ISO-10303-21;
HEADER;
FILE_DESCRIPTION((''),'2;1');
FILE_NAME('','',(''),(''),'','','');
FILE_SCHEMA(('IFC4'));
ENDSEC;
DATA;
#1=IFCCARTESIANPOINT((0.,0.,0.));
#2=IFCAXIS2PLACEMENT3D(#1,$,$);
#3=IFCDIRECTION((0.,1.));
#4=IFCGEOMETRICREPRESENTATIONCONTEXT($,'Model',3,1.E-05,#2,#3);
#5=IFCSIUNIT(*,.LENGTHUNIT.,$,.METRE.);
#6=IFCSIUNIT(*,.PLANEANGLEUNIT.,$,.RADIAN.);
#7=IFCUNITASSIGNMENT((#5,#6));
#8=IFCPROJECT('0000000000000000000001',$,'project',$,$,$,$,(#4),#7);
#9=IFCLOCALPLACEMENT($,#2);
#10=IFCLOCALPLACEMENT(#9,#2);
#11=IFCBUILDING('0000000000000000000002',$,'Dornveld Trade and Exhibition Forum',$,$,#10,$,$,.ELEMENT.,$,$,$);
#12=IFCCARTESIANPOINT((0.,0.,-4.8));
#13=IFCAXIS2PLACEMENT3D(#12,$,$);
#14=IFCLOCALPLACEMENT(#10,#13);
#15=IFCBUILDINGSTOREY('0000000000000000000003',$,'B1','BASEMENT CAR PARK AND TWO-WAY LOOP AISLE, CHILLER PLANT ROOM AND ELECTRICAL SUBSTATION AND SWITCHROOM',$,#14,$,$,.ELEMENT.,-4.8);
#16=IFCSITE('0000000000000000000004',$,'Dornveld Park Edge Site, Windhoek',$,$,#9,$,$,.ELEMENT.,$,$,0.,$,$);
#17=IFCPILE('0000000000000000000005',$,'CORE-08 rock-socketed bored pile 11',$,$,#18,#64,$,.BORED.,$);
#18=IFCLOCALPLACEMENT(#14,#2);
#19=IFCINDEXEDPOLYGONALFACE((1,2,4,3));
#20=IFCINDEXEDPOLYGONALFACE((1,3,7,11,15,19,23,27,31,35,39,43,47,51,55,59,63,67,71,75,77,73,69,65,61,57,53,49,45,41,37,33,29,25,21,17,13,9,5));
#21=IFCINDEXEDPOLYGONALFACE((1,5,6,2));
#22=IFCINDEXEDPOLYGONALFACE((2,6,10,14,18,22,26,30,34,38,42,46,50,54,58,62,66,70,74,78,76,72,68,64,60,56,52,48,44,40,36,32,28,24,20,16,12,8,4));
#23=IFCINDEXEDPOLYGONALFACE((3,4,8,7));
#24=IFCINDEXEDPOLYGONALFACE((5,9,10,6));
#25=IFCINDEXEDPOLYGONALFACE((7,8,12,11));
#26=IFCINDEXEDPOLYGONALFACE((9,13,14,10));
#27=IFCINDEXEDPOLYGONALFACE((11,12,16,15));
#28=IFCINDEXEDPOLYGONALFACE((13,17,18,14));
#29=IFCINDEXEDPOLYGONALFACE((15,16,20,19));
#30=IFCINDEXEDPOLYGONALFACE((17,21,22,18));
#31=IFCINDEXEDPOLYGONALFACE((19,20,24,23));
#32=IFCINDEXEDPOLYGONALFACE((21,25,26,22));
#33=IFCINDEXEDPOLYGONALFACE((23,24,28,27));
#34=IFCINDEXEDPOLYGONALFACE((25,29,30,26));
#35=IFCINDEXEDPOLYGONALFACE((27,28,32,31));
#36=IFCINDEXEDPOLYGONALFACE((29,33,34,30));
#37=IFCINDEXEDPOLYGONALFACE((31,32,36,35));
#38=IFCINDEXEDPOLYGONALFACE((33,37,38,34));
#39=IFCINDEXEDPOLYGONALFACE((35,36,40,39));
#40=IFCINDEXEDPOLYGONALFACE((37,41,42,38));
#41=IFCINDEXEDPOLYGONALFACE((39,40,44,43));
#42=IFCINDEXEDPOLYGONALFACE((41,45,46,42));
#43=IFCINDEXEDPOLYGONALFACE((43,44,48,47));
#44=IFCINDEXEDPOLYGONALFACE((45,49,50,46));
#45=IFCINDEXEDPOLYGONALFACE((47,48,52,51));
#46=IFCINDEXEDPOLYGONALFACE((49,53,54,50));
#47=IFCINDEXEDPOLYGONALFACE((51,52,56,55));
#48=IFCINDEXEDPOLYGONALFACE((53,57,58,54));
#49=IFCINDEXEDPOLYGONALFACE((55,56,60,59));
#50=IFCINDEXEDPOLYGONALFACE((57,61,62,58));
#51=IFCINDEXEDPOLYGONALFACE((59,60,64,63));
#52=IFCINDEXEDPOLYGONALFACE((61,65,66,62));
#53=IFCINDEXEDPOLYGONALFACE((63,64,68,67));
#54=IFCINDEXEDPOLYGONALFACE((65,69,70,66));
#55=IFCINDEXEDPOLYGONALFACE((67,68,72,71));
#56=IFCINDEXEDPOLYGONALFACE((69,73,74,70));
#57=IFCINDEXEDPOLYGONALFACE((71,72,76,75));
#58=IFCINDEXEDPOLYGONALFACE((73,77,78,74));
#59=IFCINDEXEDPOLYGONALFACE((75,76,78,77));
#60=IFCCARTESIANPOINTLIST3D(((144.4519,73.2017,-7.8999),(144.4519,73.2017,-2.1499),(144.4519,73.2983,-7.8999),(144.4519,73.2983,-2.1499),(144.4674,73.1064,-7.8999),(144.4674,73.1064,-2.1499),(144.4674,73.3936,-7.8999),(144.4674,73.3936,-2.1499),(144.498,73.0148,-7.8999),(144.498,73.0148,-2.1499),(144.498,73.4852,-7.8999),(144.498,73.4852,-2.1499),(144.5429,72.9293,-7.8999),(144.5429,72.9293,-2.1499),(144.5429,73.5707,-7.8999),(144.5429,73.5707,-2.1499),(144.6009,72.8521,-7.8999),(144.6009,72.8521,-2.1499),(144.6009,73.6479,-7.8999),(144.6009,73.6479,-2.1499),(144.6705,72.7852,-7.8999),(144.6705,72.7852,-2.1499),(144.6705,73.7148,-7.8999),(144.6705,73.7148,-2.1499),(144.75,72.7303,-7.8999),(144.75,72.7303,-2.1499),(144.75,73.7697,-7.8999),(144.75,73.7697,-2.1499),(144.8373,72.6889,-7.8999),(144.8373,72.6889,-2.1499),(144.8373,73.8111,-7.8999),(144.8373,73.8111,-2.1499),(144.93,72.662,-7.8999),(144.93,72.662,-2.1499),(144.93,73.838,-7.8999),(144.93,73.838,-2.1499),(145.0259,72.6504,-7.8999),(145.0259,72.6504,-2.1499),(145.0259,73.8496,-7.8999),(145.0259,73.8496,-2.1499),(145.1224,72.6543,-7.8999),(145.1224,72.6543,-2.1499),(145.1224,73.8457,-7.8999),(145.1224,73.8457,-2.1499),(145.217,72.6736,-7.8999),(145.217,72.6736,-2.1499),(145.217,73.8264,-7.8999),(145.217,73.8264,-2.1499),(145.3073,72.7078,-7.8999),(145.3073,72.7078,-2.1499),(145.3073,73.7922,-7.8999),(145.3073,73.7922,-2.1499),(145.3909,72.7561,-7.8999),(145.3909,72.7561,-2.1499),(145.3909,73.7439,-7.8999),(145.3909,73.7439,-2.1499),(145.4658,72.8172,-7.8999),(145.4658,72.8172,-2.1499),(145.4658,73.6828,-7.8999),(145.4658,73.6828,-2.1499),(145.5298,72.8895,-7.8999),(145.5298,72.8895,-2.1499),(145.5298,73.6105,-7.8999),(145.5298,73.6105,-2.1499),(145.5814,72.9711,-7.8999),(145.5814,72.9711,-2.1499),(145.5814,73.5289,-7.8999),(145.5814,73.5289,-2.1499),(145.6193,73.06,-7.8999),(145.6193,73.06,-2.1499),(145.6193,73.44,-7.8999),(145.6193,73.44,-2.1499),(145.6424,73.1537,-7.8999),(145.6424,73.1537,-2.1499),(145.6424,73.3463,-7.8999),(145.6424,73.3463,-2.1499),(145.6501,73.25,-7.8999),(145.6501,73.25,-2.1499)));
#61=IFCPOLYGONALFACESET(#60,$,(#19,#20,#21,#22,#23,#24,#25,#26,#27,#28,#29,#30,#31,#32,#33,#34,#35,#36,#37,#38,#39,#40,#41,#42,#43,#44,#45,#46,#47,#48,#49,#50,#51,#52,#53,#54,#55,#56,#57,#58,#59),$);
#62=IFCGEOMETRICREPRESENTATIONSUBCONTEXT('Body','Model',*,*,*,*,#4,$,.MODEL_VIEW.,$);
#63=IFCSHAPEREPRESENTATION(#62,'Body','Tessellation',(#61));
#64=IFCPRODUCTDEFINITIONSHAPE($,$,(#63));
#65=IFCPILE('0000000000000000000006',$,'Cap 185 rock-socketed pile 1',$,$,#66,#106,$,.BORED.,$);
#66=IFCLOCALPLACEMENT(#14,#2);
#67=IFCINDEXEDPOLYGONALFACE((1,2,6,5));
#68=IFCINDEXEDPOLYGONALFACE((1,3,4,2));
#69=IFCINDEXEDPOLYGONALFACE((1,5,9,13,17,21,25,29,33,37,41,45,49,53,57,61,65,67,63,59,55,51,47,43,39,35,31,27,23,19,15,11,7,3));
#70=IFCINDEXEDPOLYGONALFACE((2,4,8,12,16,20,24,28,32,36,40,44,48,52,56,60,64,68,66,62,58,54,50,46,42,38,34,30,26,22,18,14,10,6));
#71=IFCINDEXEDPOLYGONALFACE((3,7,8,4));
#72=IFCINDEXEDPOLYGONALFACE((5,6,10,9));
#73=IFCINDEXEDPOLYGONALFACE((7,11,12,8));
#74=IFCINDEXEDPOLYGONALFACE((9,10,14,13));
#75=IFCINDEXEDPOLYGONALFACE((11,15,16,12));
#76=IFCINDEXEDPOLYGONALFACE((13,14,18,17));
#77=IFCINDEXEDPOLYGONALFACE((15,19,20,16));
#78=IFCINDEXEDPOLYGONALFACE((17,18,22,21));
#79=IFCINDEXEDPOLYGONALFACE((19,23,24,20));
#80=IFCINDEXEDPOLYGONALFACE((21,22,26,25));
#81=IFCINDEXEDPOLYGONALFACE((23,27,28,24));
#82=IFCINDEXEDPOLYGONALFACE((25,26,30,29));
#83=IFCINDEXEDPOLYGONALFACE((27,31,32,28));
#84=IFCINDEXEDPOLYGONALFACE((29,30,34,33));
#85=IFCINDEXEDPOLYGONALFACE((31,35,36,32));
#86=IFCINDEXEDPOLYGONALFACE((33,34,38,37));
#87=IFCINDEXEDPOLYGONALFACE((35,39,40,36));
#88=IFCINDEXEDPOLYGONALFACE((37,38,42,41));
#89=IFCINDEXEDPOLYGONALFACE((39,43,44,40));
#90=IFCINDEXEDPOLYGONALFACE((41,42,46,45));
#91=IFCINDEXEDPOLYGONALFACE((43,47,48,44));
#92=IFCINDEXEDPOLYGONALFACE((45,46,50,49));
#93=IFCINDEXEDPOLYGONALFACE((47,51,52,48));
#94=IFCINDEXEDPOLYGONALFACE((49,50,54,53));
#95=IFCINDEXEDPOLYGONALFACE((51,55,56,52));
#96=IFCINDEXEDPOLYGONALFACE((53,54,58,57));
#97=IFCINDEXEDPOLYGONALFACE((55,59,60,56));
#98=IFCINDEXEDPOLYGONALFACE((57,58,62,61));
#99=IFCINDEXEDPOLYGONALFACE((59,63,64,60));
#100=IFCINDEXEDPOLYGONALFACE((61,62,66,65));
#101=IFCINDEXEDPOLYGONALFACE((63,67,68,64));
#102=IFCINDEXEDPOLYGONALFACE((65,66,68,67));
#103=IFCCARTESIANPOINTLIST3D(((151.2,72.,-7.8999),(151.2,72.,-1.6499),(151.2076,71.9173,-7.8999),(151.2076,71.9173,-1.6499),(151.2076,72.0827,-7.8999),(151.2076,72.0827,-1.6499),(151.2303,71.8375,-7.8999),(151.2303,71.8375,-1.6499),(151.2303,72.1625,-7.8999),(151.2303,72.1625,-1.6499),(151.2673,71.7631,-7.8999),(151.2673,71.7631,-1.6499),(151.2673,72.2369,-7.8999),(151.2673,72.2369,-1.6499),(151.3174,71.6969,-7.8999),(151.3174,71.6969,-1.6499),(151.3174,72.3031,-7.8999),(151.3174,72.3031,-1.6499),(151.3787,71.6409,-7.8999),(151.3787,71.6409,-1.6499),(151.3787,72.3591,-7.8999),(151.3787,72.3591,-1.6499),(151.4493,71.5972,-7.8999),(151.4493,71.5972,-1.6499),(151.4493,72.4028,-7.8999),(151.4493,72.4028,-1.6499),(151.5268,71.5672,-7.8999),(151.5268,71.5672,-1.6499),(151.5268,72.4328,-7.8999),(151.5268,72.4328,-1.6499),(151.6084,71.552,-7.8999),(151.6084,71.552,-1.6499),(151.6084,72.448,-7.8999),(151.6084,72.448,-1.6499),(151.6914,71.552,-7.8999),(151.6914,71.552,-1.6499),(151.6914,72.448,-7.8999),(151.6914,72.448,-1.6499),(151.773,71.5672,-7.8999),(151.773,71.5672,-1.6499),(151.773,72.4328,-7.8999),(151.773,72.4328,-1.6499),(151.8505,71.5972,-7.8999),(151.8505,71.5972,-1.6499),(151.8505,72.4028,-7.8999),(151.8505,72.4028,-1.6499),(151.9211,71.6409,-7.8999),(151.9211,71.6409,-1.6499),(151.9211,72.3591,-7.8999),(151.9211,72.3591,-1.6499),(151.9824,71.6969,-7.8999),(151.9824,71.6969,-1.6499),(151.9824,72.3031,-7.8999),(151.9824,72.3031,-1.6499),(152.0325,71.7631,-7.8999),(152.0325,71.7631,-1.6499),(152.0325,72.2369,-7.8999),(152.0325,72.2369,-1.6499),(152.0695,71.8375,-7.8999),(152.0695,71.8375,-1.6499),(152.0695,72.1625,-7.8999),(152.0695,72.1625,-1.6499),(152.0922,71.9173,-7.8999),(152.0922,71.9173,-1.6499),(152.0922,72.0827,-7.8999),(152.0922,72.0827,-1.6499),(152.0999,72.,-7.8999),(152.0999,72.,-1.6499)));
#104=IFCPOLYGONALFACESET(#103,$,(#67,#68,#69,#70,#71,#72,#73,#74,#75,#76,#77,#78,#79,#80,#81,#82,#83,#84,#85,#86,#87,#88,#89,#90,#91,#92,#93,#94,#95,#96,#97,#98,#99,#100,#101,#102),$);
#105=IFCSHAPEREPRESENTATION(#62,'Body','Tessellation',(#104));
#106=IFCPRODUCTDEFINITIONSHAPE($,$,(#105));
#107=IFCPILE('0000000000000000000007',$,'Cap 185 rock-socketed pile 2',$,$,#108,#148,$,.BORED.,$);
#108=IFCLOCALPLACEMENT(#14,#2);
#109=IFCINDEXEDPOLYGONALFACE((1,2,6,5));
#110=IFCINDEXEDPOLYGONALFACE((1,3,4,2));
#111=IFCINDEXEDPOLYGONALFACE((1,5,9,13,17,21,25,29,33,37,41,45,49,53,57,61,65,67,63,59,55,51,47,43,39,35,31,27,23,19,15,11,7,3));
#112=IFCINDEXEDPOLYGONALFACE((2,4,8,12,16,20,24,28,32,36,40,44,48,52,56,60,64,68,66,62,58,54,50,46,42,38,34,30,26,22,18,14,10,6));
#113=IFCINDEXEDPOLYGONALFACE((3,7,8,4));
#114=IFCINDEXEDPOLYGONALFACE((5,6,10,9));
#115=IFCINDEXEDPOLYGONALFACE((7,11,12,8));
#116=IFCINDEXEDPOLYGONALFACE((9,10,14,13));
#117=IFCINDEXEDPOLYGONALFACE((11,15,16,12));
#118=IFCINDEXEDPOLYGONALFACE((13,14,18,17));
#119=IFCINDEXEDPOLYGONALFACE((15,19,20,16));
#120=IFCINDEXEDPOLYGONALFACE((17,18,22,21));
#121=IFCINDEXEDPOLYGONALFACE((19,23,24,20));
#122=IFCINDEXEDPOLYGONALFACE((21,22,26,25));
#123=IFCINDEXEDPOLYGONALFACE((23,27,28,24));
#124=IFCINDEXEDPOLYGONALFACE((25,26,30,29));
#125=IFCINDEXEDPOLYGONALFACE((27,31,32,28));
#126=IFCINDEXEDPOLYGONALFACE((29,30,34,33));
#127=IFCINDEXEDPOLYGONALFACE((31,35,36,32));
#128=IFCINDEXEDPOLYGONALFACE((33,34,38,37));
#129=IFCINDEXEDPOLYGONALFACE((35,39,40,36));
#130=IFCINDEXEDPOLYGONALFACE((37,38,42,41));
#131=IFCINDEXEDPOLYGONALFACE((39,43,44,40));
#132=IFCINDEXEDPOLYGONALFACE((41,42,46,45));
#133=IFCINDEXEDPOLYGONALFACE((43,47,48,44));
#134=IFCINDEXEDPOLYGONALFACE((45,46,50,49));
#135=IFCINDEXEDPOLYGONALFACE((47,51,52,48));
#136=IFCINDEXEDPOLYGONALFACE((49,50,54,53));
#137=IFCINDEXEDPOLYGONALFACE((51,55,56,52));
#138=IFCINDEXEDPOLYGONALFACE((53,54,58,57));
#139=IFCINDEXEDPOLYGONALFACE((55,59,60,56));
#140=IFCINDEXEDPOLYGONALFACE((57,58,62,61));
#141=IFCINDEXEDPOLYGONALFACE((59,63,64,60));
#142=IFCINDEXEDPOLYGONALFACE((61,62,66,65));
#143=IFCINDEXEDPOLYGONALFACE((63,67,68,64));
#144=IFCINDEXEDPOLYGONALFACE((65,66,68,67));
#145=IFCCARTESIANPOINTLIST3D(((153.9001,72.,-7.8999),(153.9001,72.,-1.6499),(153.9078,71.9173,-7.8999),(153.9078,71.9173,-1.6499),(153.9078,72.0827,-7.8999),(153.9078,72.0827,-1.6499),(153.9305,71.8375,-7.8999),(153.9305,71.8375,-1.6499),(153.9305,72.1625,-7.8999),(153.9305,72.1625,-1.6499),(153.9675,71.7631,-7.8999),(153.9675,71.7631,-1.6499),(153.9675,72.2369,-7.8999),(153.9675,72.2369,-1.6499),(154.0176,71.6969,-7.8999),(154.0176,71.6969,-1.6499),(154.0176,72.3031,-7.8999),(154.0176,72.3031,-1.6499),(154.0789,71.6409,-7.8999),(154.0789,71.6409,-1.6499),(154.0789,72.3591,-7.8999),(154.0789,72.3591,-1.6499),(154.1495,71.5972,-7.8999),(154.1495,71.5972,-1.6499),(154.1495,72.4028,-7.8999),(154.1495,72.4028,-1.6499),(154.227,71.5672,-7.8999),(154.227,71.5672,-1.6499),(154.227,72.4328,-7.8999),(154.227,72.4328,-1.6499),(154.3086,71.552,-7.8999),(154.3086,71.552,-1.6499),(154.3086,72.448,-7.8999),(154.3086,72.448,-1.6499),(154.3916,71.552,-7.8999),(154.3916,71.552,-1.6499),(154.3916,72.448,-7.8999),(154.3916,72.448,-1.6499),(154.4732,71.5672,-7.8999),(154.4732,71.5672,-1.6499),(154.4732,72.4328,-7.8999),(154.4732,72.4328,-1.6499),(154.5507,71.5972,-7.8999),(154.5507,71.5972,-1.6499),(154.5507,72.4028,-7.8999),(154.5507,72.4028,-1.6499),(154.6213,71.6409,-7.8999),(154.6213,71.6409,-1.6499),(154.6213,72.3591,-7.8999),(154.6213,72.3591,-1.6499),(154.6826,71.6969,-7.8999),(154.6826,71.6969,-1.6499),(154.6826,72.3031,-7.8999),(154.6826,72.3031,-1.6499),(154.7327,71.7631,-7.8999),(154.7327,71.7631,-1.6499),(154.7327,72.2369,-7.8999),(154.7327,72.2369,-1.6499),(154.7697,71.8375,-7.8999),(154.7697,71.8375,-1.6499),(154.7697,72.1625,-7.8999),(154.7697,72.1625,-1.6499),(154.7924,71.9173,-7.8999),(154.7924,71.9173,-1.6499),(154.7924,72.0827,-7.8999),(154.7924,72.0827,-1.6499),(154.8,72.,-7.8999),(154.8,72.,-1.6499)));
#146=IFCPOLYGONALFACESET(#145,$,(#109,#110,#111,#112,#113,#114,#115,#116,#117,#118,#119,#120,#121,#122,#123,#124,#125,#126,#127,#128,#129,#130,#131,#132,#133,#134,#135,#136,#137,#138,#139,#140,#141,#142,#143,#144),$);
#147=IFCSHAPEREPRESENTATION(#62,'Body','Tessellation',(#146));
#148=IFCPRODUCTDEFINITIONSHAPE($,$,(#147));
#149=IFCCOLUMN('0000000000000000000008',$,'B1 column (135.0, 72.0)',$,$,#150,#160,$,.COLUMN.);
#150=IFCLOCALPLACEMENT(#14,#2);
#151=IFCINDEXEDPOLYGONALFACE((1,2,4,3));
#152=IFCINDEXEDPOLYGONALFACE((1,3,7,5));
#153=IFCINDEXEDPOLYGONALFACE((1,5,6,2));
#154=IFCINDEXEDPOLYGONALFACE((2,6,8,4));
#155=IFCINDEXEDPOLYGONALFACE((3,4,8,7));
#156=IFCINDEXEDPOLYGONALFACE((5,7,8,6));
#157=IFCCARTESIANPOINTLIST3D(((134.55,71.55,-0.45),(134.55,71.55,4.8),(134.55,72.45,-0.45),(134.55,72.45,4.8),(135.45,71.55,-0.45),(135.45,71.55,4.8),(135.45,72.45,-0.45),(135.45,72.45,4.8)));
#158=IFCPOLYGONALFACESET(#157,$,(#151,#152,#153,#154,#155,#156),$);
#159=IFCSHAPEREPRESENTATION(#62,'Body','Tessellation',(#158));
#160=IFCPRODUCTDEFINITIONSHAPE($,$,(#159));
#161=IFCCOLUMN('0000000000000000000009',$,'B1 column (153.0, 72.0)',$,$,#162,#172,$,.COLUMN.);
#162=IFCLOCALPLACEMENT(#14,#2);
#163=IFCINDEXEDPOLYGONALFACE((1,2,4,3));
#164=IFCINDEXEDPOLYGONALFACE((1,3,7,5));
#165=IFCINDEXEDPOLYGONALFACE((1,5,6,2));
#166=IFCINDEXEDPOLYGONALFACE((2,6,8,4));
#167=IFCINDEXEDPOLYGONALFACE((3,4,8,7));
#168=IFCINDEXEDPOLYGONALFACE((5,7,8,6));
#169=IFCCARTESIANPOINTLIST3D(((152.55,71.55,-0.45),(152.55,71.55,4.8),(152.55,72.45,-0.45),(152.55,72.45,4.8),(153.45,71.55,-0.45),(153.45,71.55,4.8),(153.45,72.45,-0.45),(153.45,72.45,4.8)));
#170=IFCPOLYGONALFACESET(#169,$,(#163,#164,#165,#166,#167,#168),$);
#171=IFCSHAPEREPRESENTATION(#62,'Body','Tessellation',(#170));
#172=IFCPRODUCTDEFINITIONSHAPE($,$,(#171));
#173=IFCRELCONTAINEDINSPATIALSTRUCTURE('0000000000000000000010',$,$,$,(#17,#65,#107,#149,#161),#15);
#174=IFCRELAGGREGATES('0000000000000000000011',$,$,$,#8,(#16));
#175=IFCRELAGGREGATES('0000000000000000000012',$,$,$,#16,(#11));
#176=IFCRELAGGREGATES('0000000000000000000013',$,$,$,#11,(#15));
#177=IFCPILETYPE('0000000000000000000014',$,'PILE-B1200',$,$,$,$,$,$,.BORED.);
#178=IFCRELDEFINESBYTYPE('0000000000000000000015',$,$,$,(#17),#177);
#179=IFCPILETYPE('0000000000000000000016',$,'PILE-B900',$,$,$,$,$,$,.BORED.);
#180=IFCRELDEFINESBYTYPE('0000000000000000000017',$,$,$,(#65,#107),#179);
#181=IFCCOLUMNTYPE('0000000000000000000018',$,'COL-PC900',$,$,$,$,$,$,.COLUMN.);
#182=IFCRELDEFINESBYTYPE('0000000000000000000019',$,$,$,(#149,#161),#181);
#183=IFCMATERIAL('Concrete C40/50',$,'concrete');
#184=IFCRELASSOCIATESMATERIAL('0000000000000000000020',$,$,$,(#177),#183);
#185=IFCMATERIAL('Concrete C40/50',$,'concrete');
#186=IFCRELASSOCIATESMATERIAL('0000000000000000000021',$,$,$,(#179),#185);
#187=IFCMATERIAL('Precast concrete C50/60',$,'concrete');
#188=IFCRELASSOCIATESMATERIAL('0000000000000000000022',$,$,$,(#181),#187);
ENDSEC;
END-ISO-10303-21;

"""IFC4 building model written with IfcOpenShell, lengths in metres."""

from ifc_helpers import new_model, si_unit, direction, frame, origin, origin_2d, place, context, subcontext, project, spatial, rectangle, circle, extrude, material, material_profile, profile_set, type_object, element, save


model = new_model("IFC4")

# Units and contexts
model_context = context("Model", 3, precision=1e-05, world=origin(), true_north=direction((0.0, 1.0)))
body_context = subcontext(model_context, "Body", "Model", "MODEL_VIEW")
ifc_project = project(units=[si_unit("LENGTHUNIT", "METRE"), si_unit("PLANEANGLEUNIT", "RADIAN")], contexts=[model_context])

# Site, building, storey
site_placement = place(None, origin())
site = spatial("IfcSite", under=ifc_project, at=site_placement, Name="Dornveld Park Edge Site, Windhoek", CompositionType="ELEMENT", RefElevation=0.0)
building_placement = place(site_placement, origin())
building = spatial("IfcBuilding", under=site, at=building_placement, Name="Dornveld Trade and Exhibition Forum", CompositionType="ELEMENT")
storey_placement = place(building_placement, frame((0.0, 0.0, -4.8)))
storey = spatial("IfcBuildingStorey", under=building, at=storey_placement, Name="B1", Description="BASEMENT CAR PARK AND TWO-WAY LOOP AISLE, CHILLER PLANT ROOM AND ELECTRICAL SUBSTATION AND SWITCHROOM", CompositionType="ELEMENT", Elevation=-4.8)

# Piles
ifc_material_1 = material(Name="Concrete C40/50", Category="concrete")
ifc_material_profile_1 = material_profile(ifc_material_1, circle(Radius=0.6001, at=origin_2d()), Name="PILE D1200")
ifc_profile_set_1 = profile_set([ifc_material_profile_1], Name="Concrete C40/50")
pile_type_1 = type_object("IfcPileType", Name="PILE-B1200", PredefinedType="BORED", material=ifc_profile_set_1)
for number, where, z_axis, x_axis, name in (
    (1, (145.05, 73.25, -2.1499), (0.0, 0.0, -1.0), (1.0, 0.0, 0.0), "CORE-08 rock-socketed bored pile 11"),
):
    element("IfcPile", number, at=place(storey_placement, frame(where, z_axis=z_axis, x_axis=x_axis)), inside=storey, type_object=pile_type_1, Name=name, PredefinedType="BORED", context=body_context, shape_type="SweptSolid", body=[
        extrude(circle(Radius=0.6001, at=origin_2d()), origin(), (0.0, 0.0, 1.0), 5.75),
    ])
ifc_material_2 = material(Name="Concrete C40/50", Category="concrete")
ifc_material_profile_2 = material_profile(ifc_material_2, circle(Radius=0.45, at=origin_2d()), Name="PILE D900")
ifc_profile_set_2 = profile_set([ifc_material_profile_2], Name="Concrete C40/50")
pile_type_2 = type_object("IfcPileType", Name="PILE-B900", PredefinedType="BORED", material=ifc_profile_set_2)
for number, where, z_axis, x_axis, name in (
    (2, (151.6499, 72.0, -1.6499), (0.0, 0.0, -1.0), (1.0, 0.0, 0.0), "Cap 185 rock-socketed pile 1"),
    (3, (154.3501, 72.0, -1.6499), (0.0, 0.0, -1.0), (1.0, 0.0, 0.0), "Cap 185 rock-socketed pile 2"),
):
    element("IfcPile", number, at=place(storey_placement, frame(where, z_axis=z_axis, x_axis=x_axis)), inside=storey, type_object=pile_type_2, Name=name, PredefinedType="BORED", context=body_context, shape_type="SweptSolid", body=[
        extrude(circle(Radius=0.45, at=origin_2d()), origin(), (0.0, 0.0, 1.0), 6.25),
    ])

# Columns
ifc_material_3 = material(Name="Precast concrete C50/60", Category="concrete")
ifc_material_profile_3 = material_profile(ifc_material_3, rectangle(XDim=0.8999, YDim=0.8999, at=origin_2d()), Name="PC-COL 900x900")
ifc_profile_set_3 = profile_set([ifc_material_profile_3], Name="Precast concrete C50/60")
column_type = type_object("IfcColumnType", Name="COL-PC900", PredefinedType="COLUMN", material=ifc_profile_set_3)
for number, where, z_axis, x_axis, name in (
    (4, (135.0, 72.0, -0.45), (0.0, 0.0, 1.0), (1.0, 0.0, 0.0), "B1 column (135.0, 72.0)"),
    (5, (153.0, 72.0, -0.45), (0.0, 0.0, 1.0), (1.0, 0.0, 0.0), "B1 column (153.0, 72.0)"),
):
    element("IfcColumn", number, at=place(storey_placement, frame(where, z_axis=z_axis, x_axis=x_axis)), inside=storey, type_object=column_type, Name=name, PredefinedType="COLUMN", context=body_context, shape_type="SweptSolid", body=[
        extrude(rectangle(XDim=0.8999, YDim=0.8999, at=origin_2d()), origin(), (0.0, 0.0, 1.0), 5.25),
    ])

save(model, "model.ifc")
